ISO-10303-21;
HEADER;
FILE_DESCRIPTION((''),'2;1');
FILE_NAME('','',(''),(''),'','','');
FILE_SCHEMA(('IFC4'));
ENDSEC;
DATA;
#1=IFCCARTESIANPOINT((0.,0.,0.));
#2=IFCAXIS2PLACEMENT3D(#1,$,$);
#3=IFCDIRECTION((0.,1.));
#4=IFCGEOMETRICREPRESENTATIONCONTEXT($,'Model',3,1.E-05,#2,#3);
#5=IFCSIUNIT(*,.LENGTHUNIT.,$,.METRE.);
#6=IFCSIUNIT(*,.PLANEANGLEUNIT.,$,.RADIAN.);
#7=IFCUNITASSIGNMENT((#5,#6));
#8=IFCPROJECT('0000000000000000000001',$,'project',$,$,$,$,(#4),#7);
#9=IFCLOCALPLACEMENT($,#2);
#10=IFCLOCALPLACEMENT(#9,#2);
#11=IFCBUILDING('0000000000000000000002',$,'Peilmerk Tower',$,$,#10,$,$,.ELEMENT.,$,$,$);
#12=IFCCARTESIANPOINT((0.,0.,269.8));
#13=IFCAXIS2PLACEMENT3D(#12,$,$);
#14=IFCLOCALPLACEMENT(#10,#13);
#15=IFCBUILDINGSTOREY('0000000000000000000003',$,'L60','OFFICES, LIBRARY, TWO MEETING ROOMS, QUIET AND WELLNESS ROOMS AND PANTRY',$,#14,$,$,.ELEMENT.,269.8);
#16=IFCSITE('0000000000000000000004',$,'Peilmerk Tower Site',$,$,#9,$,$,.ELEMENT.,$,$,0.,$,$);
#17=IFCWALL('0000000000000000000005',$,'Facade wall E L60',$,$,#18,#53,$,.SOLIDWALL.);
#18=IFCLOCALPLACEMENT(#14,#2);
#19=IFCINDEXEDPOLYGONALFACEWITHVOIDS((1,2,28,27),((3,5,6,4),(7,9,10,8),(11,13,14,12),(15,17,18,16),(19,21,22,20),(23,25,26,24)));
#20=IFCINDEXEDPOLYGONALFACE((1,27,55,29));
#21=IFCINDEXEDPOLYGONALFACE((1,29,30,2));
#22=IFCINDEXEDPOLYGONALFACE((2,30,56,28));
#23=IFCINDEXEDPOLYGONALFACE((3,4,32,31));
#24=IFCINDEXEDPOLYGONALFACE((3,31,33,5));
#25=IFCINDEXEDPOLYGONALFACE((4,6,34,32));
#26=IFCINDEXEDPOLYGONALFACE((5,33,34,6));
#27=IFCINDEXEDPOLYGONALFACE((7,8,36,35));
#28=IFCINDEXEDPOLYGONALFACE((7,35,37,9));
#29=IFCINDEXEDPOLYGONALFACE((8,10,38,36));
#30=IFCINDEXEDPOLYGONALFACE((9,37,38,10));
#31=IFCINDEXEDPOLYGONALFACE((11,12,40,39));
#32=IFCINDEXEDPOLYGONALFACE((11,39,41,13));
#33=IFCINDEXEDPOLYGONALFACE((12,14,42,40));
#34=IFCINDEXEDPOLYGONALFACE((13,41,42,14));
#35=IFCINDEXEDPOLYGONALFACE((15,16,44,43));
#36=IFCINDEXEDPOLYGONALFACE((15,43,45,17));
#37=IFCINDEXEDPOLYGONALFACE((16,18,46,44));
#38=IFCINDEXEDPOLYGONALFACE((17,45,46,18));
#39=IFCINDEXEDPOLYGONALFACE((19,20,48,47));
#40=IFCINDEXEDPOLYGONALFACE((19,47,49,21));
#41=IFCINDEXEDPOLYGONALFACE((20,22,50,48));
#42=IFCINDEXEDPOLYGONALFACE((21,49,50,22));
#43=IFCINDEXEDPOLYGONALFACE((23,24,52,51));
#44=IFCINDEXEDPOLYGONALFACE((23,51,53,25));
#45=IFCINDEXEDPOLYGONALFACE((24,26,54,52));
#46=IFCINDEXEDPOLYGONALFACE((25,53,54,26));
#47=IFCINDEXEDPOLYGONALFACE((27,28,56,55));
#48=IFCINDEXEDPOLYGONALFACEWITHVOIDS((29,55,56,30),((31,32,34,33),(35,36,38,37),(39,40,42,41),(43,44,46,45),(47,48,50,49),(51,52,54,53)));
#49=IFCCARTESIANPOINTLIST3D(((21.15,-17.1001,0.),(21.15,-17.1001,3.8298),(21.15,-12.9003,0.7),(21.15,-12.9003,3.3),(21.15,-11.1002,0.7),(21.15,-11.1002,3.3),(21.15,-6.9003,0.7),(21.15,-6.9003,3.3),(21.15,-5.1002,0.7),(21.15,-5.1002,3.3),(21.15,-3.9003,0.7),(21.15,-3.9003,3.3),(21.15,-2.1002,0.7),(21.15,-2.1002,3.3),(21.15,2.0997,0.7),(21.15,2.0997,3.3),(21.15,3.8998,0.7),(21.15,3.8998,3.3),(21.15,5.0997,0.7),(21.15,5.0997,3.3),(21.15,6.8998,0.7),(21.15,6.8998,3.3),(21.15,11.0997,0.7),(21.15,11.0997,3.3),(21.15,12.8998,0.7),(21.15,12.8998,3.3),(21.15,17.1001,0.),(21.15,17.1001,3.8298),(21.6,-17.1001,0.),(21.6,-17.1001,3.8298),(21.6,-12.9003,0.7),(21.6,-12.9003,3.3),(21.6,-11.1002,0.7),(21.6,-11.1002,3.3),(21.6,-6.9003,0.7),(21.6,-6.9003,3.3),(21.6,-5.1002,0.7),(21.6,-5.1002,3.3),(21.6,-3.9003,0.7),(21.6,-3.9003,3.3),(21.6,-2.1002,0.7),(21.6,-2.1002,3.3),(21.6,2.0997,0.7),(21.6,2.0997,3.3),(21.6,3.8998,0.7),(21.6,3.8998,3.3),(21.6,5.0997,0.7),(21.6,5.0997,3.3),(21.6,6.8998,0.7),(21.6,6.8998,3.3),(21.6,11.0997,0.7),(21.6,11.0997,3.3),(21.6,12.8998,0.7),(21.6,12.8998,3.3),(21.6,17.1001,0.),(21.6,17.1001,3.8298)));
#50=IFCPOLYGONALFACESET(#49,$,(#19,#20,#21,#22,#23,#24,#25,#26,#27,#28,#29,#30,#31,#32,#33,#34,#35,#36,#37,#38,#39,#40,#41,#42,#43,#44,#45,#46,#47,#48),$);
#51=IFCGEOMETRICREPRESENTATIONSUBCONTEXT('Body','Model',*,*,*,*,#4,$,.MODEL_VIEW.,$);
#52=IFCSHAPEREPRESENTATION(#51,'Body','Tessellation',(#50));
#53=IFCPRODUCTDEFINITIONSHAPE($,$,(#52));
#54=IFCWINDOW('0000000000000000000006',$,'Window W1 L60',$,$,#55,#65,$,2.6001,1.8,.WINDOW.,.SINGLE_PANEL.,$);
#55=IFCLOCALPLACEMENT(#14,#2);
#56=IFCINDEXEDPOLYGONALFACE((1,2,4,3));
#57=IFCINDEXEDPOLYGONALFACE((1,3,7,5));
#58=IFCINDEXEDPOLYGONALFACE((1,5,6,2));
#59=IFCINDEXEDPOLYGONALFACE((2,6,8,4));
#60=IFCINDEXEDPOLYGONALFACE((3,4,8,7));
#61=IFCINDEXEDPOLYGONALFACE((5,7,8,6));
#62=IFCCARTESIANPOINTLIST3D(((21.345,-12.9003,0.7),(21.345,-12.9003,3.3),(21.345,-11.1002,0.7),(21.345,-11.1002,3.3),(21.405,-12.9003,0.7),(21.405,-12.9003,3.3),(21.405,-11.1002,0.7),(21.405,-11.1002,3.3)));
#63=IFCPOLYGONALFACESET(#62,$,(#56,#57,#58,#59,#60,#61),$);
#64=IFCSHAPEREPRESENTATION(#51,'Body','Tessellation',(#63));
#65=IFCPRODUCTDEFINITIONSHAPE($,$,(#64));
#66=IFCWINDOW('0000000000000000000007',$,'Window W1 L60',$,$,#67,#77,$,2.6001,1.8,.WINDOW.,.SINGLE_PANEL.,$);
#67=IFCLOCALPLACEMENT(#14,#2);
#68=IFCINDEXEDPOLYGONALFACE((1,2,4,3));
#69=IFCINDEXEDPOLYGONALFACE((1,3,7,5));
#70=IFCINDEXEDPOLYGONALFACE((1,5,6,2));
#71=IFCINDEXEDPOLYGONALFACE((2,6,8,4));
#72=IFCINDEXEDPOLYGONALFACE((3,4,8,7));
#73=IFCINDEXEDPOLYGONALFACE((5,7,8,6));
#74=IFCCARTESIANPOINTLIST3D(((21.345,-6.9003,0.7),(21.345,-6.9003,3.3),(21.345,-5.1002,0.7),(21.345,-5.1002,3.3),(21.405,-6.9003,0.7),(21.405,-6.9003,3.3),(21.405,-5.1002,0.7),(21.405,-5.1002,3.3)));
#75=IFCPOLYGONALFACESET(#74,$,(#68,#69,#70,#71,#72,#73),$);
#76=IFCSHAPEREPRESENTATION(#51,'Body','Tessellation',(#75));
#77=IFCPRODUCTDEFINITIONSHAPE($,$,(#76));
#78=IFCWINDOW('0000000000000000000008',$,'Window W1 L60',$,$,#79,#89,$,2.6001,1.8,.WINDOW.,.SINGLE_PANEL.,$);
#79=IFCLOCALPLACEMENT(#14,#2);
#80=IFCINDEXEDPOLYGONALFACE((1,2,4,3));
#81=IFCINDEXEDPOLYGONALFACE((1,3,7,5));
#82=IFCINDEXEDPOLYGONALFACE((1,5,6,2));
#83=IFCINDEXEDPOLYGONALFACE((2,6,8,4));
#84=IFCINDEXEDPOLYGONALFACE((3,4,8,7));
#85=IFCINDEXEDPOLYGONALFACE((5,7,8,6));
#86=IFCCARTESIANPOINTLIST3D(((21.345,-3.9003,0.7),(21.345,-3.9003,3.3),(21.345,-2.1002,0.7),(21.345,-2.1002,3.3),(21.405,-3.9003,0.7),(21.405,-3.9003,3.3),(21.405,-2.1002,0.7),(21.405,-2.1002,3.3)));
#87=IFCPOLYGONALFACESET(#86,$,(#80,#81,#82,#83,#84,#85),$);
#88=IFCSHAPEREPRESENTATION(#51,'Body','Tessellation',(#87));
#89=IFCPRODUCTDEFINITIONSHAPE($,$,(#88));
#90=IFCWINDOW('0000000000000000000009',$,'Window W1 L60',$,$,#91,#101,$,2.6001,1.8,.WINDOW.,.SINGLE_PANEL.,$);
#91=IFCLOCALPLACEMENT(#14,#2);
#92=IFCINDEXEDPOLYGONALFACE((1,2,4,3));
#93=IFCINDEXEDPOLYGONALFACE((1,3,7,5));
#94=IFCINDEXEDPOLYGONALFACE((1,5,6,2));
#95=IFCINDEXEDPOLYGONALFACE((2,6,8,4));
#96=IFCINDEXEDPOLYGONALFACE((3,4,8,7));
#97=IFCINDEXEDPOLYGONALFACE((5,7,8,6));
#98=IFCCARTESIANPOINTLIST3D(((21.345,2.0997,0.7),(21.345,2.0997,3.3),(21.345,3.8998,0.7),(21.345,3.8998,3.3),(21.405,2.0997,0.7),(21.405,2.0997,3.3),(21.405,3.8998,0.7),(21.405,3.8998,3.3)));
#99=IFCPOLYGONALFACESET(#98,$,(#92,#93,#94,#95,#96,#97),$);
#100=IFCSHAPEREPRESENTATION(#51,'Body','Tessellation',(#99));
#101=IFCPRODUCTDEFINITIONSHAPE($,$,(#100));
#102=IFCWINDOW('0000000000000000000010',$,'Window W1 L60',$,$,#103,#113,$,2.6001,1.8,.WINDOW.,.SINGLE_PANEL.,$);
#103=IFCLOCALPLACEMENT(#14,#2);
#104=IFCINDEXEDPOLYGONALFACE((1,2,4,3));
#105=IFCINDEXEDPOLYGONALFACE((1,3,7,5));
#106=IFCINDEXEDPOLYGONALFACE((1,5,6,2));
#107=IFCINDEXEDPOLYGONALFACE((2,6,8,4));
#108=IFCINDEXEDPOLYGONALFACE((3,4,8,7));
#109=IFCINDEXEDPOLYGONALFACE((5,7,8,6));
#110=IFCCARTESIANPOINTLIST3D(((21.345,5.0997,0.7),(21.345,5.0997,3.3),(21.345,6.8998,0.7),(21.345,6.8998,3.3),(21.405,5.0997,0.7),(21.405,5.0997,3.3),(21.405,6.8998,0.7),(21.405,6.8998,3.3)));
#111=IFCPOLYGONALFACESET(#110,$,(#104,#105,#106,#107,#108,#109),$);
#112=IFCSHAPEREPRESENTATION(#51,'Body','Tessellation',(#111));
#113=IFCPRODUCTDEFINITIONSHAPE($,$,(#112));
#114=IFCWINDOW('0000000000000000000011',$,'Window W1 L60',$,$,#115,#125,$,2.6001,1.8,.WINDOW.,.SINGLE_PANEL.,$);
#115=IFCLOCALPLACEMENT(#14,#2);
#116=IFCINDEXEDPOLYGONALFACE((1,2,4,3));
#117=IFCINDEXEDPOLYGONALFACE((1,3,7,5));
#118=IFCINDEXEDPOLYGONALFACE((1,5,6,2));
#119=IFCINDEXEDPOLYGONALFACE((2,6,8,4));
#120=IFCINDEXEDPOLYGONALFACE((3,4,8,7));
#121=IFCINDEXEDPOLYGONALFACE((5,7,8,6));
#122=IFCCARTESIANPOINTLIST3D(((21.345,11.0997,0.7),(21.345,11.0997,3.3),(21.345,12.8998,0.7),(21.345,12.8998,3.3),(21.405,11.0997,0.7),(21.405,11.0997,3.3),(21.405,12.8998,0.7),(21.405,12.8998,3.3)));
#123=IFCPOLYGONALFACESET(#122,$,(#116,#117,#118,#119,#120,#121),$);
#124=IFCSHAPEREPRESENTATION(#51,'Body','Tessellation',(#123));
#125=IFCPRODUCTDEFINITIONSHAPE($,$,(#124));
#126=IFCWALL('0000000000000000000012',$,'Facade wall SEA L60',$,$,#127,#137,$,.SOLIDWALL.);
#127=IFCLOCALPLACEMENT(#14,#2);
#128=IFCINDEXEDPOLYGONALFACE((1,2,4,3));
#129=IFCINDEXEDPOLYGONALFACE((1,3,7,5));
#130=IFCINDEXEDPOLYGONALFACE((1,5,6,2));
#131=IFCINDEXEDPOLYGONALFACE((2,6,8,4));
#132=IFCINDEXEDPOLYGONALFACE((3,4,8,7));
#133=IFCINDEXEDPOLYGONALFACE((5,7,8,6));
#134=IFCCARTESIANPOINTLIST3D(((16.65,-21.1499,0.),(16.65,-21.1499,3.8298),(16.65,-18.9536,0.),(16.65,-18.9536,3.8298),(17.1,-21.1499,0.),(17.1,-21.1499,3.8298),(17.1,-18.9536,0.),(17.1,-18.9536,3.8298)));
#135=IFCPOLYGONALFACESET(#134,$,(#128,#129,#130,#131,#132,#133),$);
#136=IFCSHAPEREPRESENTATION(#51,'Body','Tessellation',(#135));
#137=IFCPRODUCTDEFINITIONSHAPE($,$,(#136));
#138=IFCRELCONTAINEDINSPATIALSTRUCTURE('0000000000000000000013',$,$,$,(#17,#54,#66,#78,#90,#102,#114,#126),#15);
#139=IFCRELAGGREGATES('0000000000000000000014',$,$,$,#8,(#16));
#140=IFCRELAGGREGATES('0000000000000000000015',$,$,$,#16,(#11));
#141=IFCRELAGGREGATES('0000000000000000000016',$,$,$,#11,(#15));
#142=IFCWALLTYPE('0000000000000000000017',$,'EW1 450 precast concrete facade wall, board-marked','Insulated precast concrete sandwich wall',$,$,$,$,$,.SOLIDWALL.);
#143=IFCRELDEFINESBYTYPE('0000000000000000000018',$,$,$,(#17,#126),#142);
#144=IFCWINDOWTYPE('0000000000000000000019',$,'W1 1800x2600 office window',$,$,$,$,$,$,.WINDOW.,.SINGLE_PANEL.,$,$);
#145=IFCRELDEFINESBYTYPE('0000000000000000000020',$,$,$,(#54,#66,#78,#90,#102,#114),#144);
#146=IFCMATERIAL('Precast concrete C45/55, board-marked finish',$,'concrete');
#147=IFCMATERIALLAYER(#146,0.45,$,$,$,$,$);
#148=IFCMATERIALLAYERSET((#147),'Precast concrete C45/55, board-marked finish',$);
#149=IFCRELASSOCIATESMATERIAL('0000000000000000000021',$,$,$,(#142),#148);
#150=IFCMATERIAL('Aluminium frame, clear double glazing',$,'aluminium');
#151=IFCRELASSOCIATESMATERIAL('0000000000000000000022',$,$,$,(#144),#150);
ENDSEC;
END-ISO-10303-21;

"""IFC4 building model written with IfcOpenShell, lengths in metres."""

from ifc_helpers import new_model, si_unit, direction, frame, frame_2d, origin, place, context, subcontext, project, spatial, rectangle, extrude, material, layer, layer_set, type_object, element, fill, save


model = new_model("IFC4")

# Units and contexts
model_context = context("Model", 3, precision=1e-05, world=origin(), true_north=direction((0.0, 1.0)))
body_context = subcontext(model_context, "Body", "Model", "MODEL_VIEW")
ifc_project = project(units=[si_unit("LENGTHUNIT", "METRE"), si_unit("PLANEANGLEUNIT", "RADIAN")], contexts=[model_context])

# Site, building, storey
site_placement = place(None, origin())
site = spatial("IfcSite", under=ifc_project, at=site_placement, Name="Peilmerk Tower Site", CompositionType="ELEMENT", RefElevation=0.0)
building_placement = place(site_placement, origin())
building = spatial("IfcBuilding", under=site, at=building_placement, Name="Peilmerk Tower", CompositionType="ELEMENT")
storey_placement = place(building_placement, frame((0.0, 0.0, 269.8)))
storey = spatial("IfcBuildingStorey", under=building, at=storey_placement, Name="L60", Description="OFFICES, LIBRARY, TWO MEETING ROOMS, QUIET AND WELLNESS ROOMS AND PANTRY", CompositionType="ELEMENT", Elevation=269.8)

# Wall, openings, windows
ifc_material_1 = material(Name="Precast concrete C45/55, board-marked finish", Category="concrete")
ifc_layer_1 = layer(ifc_material_1, 0.45)
ifc_layer_set_1 = layer_set([ifc_layer_1], Name="Precast concrete C45/55, board-marked finish")
wall_type = type_object("IfcWallType", Name="EW1 450 precast concrete facade wall, board-marked", Description="Insulated precast concrete sandwich wall", PredefinedType="SOLIDWALL", material=ifc_layer_set_1)
wall_1_placement = place(storey_placement, frame((21.375, -17.1001, 0.0), z_axis=(0.0, 0.0, 1.0), x_axis=(0.0, 1.0, 0.0)))
wall_1 = element("IfcWall", 1, at=wall_1_placement, inside=storey, type_object=wall_type, Name="Facade wall E L60", PredefinedType="SOLIDWALL", context=body_context, shape_type="SweptSolid", body=[
    extrude(rectangle(XDim=34.2002, YDim=0.45, at=frame_2d((17.1001, 0.0))), origin(), (0.0, 0.0, 1.0), 3.8298),
])
opening_1_placement = place(wall_1_placement, frame((4.2, 0.0, 0.7)))
opening_1 = element("IfcOpeningElement", 2, at=opening_1_placement, cuts=wall_1, PredefinedType="OPENING", context=body_context, shape_type="SweptSolid", body=[
    extrude(rectangle(XDim=1.8, YDim=2.6001, at=frame_2d((0.8999, 1.3))), frame((0.0, 0.2349, 0.0), z_axis=(0.0, -1.0, 0.0), x_axis=(1.0, 0.0, 0.0)), (0.0, 0.0, 1.0), 0.47),
])
opening_2_placement = place(wall_1_placement, frame((10.2, 0.0, 0.7)))
opening_2 = element("IfcOpeningElement", 3, at=opening_2_placement, cuts=wall_1, PredefinedType="OPENING", context=body_context, shape_type="SweptSolid", body=[
    extrude(rectangle(XDim=1.8, YDim=2.6001, at=frame_2d((0.8999, 1.3))), frame((0.0, 0.2349, 0.0), z_axis=(0.0, -1.0, 0.0), x_axis=(1.0, 0.0, 0.0)), (0.0, 0.0, 1.0), 0.47),
])
opening_3_placement = place(wall_1_placement, frame((13.2, 0.0, 0.7)))
opening_3 = element("IfcOpeningElement", 4, at=opening_3_placement, cuts=wall_1, PredefinedType="OPENING", context=body_context, shape_type="SweptSolid", body=[
    extrude(rectangle(XDim=1.8, YDim=2.6001, at=frame_2d((0.8999, 1.3))), frame((0.0, 0.2349, 0.0), z_axis=(0.0, -1.0, 0.0), x_axis=(1.0, 0.0, 0.0)), (0.0, 0.0, 1.0), 0.47),
])
opening_4_placement = place(wall_1_placement, frame((19.2, 0.0, 0.7)))
opening_4 = element("IfcOpeningElement", 5, at=opening_4_placement, cuts=wall_1, PredefinedType="OPENING", context=body_context, shape_type="SweptSolid", body=[
    extrude(rectangle(XDim=1.8, YDim=2.6001, at=frame_2d((0.8999, 1.3))), frame((0.0, 0.2349, 0.0), z_axis=(0.0, -1.0, 0.0), x_axis=(1.0, 0.0, 0.0)), (0.0, 0.0, 1.0), 0.47),
])
opening_5_placement = place(wall_1_placement, frame((22.2, 0.0, 0.7)))
opening_5 = element("IfcOpeningElement", 6, at=opening_5_placement, cuts=wall_1, PredefinedType="OPENING", context=body_context, shape_type="SweptSolid", body=[
    extrude(rectangle(XDim=1.8, YDim=2.6001, at=frame_2d((0.8999, 1.3))), frame((0.0, 0.2349, 0.0), z_axis=(0.0, -1.0, 0.0), x_axis=(1.0, 0.0, 0.0)), (0.0, 0.0, 1.0), 0.47),
])
opening_6_placement = place(wall_1_placement, frame((28.2, 0.0, 0.7)))
opening_6 = element("IfcOpeningElement", 7, at=opening_6_placement, cuts=wall_1, PredefinedType="OPENING", context=body_context, shape_type="SweptSolid", body=[
    extrude(rectangle(XDim=1.8, YDim=2.6001, at=frame_2d((0.8999, 1.3))), frame((0.0, 0.2349, 0.0), z_axis=(0.0, -1.0, 0.0), x_axis=(1.0, 0.0, 0.0)), (0.0, 0.0, 1.0), 0.47),
])
ifc_material_2 = material(Name="Aluminium frame, clear double glazing", Category="aluminium")
window_type = type_object("IfcWindowType", Name="W1 1800x2600 office window", PartitioningType="SINGLE_PANEL", PredefinedType="WINDOW", material=ifc_material_2)
window_1_placement = place(opening_1_placement, origin())
window_1 = element("IfcWindow", 8, at=window_1_placement, inside=storey, type_object=window_type, Name="Window W1 L60", OverallHeight=2.6001, OverallWidth=1.8, PartitioningType="SINGLE_PANEL", PredefinedType="WINDOW", context=body_context, shape_type="SweptSolid", body=[
    extrude(rectangle(XDim=1.8, YDim=2.6001, at=frame_2d((0.8999, 1.3))), frame((0.0, 0.03, 0.0), z_axis=(0.0, -1.0, 0.0), x_axis=(1.0, 0.0, 0.0)), (0.0, 0.0, 1.0), 0.0601),
])
fill(opening_1, window_1)
window_2_placement = place(opening_2_placement, origin())
window_2 = element("IfcWindow", 9, at=window_2_placement, inside=storey, type_object=window_type, Name="Window W1 L60", OverallHeight=2.6001, OverallWidth=1.8, PartitioningType="SINGLE_PANEL", PredefinedType="WINDOW", context=body_context, shape_type="SweptSolid", body=[
    extrude(rectangle(XDim=1.8, YDim=2.6001, at=frame_2d((0.8999, 1.3))), frame((0.0, 0.03, 0.0), z_axis=(0.0, -1.0, 0.0), x_axis=(1.0, 0.0, 0.0)), (0.0, 0.0, 1.0), 0.0601),
])
fill(opening_2, window_2)
window_3_placement = place(opening_3_placement, origin())
window_3 = element("IfcWindow", 10, at=window_3_placement, inside=storey, type_object=window_type, Name="Window W1 L60", OverallHeight=2.6001, OverallWidth=1.8, PartitioningType="SINGLE_PANEL", PredefinedType="WINDOW", context=body_context, shape_type="SweptSolid", body=[
    extrude(rectangle(XDim=1.8, YDim=2.6001, at=frame_2d((0.8999, 1.3))), frame((0.0, 0.03, 0.0), z_axis=(0.0, -1.0, 0.0), x_axis=(1.0, 0.0, 0.0)), (0.0, 0.0, 1.0), 0.0601),
])
fill(opening_3, window_3)
window_4_placement = place(opening_4_placement, origin())
window_4 = element("IfcWindow", 11, at=window_4_placement, inside=storey, type_object=window_type, Name="Window W1 L60", OverallHeight=2.6001, OverallWidth=1.8, PartitioningType="SINGLE_PANEL", PredefinedType="WINDOW", context=body_context, shape_type="SweptSolid", body=[
    extrude(rectangle(XDim=1.8, YDim=2.6001, at=frame_2d((0.8999, 1.3))), frame((0.0, 0.03, 0.0), z_axis=(0.0, -1.0, 0.0), x_axis=(1.0, 0.0, 0.0)), (0.0, 0.0, 1.0), 0.0601),
])
fill(opening_4, window_4)
window_5_placement = place(opening_5_placement, origin())
window_5 = element("IfcWindow", 12, at=window_5_placement, inside=storey, type_object=window_type, Name="Window W1 L60", OverallHeight=2.6001, OverallWidth=1.8, PartitioningType="SINGLE_PANEL", PredefinedType="WINDOW", context=body_context, shape_type="SweptSolid", body=[
    extrude(rectangle(XDim=1.8, YDim=2.6001, at=frame_2d((0.8999, 1.3))), frame((0.0, 0.03, 0.0), z_axis=(0.0, -1.0, 0.0), x_axis=(1.0, 0.0, 0.0)), (0.0, 0.0, 1.0), 0.0601),
])
fill(opening_5, window_5)
window_6_placement = place(opening_6_placement, origin())
window_6 = element("IfcWindow", 13, at=window_6_placement, inside=storey, type_object=window_type, Name="Window W1 L60", OverallHeight=2.6001, OverallWidth=1.8, PartitioningType="SINGLE_PANEL", PredefinedType="WINDOW", context=body_context, shape_type="SweptSolid", body=[
    extrude(rectangle(XDim=1.8, YDim=2.6001, at=frame_2d((0.8999, 1.3))), frame((0.0, 0.03, 0.0), z_axis=(0.0, -1.0, 0.0), x_axis=(1.0, 0.0, 0.0)), (0.0, 0.0, 1.0), 0.0601),
])
fill(opening_6, window_6)

# Wall
wall_2_placement = place(storey_placement, frame((16.875, -18.9536, 0.0), z_axis=(0.0, 0.0, 1.0), x_axis=(0.0, -1.0, 0.0)))
element("IfcWall", 14, at=wall_2_placement, inside=storey, type_object=wall_type, Name="Facade wall SEA L60", PredefinedType="SOLIDWALL", context=body_context, shape_type="SweptSolid", body=[
    extrude(rectangle(XDim=2.1963, YDim=0.45, at=frame_2d((1.0981, 0.0))), origin(), (0.0, 0.0, 1.0), 3.8298),
])

save(model, "model.ifc")
